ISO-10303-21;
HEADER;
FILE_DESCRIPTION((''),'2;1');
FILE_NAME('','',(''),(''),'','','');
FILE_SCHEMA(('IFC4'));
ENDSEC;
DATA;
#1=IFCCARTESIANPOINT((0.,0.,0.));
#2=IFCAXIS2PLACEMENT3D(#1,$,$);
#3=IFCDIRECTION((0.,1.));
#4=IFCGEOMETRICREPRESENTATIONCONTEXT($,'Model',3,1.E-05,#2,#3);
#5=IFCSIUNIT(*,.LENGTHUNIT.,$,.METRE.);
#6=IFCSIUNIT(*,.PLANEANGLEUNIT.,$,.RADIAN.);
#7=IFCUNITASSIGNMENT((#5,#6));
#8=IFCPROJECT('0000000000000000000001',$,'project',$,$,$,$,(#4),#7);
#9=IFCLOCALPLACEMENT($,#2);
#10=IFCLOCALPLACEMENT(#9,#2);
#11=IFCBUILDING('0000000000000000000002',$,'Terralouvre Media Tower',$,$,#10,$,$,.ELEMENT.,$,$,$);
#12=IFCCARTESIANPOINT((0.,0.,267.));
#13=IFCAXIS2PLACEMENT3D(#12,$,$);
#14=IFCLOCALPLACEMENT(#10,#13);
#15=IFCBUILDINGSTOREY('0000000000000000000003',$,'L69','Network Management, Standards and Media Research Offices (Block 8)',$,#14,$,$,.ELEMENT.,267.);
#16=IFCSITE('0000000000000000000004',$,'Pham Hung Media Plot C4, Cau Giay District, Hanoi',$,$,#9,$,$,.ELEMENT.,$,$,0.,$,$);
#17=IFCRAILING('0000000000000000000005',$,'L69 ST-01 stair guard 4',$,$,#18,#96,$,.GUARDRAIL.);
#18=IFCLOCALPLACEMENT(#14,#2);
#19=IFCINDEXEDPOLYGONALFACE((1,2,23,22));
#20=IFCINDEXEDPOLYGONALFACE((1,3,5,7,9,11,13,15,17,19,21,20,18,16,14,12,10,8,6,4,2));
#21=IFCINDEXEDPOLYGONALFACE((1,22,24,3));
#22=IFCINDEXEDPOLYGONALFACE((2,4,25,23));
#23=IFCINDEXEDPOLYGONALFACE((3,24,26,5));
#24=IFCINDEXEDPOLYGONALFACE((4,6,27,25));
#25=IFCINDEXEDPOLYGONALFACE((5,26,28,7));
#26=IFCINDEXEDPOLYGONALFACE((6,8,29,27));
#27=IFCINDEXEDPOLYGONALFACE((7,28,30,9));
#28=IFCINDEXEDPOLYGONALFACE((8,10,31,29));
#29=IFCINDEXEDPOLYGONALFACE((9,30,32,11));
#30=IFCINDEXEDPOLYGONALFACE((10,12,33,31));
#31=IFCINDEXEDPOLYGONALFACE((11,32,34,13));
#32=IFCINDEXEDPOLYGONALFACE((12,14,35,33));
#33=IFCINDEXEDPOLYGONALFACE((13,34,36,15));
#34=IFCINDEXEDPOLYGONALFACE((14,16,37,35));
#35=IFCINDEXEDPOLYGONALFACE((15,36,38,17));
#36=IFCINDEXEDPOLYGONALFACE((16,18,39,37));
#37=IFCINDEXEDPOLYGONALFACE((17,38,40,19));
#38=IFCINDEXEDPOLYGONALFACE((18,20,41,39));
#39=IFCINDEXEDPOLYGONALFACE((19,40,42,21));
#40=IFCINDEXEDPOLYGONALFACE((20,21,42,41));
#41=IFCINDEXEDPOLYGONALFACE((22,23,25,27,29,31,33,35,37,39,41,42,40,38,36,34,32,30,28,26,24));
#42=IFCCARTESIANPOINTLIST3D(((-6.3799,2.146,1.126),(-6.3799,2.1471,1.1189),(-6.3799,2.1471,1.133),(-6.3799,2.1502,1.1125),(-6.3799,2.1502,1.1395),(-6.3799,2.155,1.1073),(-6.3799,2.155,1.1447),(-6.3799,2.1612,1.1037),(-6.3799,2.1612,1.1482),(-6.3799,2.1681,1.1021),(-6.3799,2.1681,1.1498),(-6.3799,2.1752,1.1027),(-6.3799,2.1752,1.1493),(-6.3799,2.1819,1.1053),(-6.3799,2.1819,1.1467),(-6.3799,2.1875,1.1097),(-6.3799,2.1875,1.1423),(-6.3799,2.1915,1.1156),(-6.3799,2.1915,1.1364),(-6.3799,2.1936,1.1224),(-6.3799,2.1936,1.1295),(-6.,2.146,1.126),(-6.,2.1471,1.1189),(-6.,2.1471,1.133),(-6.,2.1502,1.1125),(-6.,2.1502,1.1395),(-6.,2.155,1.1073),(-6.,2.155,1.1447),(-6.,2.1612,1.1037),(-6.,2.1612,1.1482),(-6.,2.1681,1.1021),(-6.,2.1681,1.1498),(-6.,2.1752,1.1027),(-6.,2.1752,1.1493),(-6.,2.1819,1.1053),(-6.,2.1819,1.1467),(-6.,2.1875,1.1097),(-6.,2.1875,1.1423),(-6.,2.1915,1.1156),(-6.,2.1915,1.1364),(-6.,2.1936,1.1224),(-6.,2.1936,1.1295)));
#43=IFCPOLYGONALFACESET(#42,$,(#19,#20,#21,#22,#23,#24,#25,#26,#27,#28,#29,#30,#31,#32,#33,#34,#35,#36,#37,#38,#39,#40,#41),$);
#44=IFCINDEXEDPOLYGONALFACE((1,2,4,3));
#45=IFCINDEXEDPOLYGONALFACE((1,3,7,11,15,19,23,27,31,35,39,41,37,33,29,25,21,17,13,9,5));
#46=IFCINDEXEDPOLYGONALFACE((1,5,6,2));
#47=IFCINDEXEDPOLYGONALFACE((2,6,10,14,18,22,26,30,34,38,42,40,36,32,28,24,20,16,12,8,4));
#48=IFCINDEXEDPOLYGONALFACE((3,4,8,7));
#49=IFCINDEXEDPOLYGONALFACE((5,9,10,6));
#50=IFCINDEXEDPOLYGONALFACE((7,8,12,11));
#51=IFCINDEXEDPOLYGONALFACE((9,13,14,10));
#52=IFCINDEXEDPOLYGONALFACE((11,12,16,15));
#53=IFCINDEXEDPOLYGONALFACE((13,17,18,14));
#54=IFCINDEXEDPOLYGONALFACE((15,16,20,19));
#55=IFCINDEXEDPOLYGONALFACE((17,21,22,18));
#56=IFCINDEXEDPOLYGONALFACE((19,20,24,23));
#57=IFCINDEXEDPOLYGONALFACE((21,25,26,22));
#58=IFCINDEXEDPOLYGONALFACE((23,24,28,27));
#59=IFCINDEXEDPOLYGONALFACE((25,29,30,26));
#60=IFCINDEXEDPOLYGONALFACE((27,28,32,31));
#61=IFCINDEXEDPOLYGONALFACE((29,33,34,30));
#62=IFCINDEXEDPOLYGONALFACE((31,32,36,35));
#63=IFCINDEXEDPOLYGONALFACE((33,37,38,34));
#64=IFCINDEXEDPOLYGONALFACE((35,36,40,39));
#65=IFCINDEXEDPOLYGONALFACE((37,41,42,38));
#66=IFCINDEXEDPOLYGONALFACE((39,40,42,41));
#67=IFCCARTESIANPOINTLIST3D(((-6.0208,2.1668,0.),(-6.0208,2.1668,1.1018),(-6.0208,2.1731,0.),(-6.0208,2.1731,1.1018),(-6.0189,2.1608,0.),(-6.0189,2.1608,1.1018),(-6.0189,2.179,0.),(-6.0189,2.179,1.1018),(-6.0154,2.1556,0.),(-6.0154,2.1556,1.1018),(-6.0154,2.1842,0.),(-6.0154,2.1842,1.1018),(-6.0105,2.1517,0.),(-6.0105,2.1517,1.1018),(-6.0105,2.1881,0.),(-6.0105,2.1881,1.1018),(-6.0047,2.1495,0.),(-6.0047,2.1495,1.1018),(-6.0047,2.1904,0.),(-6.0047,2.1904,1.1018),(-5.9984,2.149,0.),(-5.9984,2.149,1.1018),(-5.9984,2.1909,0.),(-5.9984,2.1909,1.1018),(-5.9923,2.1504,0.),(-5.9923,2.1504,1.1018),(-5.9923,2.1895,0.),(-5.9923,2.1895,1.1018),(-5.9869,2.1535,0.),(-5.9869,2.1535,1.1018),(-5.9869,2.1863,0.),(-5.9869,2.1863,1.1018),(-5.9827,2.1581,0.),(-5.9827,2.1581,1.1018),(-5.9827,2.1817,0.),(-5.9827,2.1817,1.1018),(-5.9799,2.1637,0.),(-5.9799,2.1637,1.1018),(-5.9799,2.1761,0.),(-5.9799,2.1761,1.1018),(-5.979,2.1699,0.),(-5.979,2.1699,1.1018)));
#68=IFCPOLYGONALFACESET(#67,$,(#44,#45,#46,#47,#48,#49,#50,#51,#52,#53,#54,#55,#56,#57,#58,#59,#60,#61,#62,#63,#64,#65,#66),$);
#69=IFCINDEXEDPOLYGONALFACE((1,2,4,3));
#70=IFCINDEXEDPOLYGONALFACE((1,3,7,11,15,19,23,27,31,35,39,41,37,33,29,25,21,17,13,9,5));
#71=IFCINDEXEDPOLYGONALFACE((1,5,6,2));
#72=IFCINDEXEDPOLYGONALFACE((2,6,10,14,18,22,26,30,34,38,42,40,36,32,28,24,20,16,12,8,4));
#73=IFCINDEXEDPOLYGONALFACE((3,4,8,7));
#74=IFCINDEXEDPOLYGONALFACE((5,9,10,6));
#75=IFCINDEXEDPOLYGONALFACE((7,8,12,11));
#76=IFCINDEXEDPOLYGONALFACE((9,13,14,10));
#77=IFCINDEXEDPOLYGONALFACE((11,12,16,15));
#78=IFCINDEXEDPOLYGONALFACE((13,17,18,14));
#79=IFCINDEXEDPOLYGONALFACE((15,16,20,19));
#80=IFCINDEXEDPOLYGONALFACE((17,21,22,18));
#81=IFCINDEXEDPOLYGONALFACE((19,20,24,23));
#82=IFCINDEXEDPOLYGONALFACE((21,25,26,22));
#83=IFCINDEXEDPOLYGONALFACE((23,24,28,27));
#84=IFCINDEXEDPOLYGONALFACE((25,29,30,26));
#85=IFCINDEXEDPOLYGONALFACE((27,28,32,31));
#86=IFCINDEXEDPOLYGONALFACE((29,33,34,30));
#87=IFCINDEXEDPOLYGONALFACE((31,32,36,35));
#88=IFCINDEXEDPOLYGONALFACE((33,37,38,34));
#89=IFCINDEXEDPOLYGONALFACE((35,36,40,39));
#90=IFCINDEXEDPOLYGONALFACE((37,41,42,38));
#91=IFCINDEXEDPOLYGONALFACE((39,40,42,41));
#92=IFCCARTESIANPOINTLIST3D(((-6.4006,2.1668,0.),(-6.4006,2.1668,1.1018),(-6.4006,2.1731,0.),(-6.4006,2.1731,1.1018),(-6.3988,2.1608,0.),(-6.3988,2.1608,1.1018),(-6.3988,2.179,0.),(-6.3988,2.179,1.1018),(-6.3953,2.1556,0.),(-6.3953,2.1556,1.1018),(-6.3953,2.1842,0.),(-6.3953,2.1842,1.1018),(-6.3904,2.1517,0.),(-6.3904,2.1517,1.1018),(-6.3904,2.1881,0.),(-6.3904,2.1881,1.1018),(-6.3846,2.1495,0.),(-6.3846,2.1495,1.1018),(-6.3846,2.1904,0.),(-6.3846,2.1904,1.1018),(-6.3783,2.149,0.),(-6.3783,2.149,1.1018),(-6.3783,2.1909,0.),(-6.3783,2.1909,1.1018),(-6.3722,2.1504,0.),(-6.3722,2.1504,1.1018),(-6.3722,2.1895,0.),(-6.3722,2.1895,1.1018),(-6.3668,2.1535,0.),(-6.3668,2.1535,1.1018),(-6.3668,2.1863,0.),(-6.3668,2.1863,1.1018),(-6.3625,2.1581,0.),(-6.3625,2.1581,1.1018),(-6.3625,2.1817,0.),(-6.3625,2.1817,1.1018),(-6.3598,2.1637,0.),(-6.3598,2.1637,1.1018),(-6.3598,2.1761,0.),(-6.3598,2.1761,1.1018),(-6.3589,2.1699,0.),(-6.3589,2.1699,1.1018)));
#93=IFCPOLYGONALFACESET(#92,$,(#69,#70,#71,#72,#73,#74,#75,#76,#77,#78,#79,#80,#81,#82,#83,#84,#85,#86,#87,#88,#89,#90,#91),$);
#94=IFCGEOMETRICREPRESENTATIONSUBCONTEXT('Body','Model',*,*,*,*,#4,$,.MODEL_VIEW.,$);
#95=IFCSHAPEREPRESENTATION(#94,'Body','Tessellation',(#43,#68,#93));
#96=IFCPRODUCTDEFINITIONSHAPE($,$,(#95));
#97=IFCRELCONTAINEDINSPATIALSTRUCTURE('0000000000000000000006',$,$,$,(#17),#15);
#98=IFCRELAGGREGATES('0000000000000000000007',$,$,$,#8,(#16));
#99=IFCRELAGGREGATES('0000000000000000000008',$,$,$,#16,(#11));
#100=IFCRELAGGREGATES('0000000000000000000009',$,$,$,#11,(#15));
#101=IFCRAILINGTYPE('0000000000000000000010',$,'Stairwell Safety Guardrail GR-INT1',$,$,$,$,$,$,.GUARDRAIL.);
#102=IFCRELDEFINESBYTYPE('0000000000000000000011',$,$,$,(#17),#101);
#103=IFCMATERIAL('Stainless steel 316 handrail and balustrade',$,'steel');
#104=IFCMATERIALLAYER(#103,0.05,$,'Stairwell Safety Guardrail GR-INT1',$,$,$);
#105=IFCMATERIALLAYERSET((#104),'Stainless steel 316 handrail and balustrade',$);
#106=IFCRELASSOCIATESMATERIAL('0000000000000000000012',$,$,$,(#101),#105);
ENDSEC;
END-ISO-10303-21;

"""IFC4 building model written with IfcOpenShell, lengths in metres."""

from ifc_helpers import new_model, si_unit, direction, frame, origin, origin_2d, place, context, subcontext, project, spatial, circle, extrude, material, layer, layer_set, type_object, element, save


model = new_model("IFC4")

# Units and contexts
model_context = context("Model", 3, precision=1e-05, world=origin(), true_north=direction((0.0, 1.0)))
body_context = subcontext(model_context, "Body", "Model", "MODEL_VIEW")
ifc_project = project(units=[si_unit("LENGTHUNIT", "METRE"), si_unit("PLANEANGLEUNIT", "RADIAN")], contexts=[model_context])

# Site, building, storey
site_placement = place(None, origin())
site = spatial("IfcSite", under=ifc_project, at=site_placement, Name="Pham Hung Media Plot C4, Cau Giay District, Hanoi", CompositionType="ELEMENT", RefElevation=0.0)
building_placement = place(site_placement, origin())
building = spatial("IfcBuilding", under=site, at=building_placement, Name="Terralouvre Media Tower", CompositionType="ELEMENT")
storey_placement = place(building_placement, frame((0.0, 0.0, 267.0)))
storey = spatial("IfcBuildingStorey", under=building, at=storey_placement, Name="L69", Description="Network Management, Standards and Media Research Offices (Block 8)", CompositionType="ELEMENT", Elevation=267.0)

# Railing
ifc_material_1 = material(Name="Stainless steel 316 handrail and balustrade", Category="steel")
ifc_layer_1 = layer(ifc_material_1, 0.05, Name="Stairwell Safety Guardrail GR-INT1")
ifc_layer_set_1 = layer_set([ifc_layer_1], Name="Stainless steel 316 handrail and balustrade")
railing_type_1 = type_object("IfcRailingType", Name="Stairwell Safety Guardrail GR-INT1", PredefinedType="GUARDRAIL", material=ifc_layer_set_1)
railing_1_placement = place(storey_placement, frame((-6.0, 2.1699, 0.0)))
element("IfcRailing", 1, at=railing_1_placement, inside=storey, type_object=railing_type_1, Name="L69 ST-01 stair guard 4", PredefinedType="GUARDRAIL", context=body_context, shape_type="SweptSolid", body=[
    extrude(circle(Radius=0.0239, at=origin_2d()), frame((0.0, 0.0, 1.126), z_axis=(-1.0, 0.0, 0.0), x_axis=(0.0, -1.0, 0.0)), (0.0, 0.0, 1.0), 0.3799),
    extrude(circle(Radius=0.021, at=origin_2d()), origin(), (0.0, 0.0, 1.0), 1.1018),
    extrude(circle(Radius=0.021, at=origin_2d()), frame((-0.3799, 0.0, 0.0)), (0.0, 0.0, 1.0), 1.1018),
])

save(model, "model.ifc")
